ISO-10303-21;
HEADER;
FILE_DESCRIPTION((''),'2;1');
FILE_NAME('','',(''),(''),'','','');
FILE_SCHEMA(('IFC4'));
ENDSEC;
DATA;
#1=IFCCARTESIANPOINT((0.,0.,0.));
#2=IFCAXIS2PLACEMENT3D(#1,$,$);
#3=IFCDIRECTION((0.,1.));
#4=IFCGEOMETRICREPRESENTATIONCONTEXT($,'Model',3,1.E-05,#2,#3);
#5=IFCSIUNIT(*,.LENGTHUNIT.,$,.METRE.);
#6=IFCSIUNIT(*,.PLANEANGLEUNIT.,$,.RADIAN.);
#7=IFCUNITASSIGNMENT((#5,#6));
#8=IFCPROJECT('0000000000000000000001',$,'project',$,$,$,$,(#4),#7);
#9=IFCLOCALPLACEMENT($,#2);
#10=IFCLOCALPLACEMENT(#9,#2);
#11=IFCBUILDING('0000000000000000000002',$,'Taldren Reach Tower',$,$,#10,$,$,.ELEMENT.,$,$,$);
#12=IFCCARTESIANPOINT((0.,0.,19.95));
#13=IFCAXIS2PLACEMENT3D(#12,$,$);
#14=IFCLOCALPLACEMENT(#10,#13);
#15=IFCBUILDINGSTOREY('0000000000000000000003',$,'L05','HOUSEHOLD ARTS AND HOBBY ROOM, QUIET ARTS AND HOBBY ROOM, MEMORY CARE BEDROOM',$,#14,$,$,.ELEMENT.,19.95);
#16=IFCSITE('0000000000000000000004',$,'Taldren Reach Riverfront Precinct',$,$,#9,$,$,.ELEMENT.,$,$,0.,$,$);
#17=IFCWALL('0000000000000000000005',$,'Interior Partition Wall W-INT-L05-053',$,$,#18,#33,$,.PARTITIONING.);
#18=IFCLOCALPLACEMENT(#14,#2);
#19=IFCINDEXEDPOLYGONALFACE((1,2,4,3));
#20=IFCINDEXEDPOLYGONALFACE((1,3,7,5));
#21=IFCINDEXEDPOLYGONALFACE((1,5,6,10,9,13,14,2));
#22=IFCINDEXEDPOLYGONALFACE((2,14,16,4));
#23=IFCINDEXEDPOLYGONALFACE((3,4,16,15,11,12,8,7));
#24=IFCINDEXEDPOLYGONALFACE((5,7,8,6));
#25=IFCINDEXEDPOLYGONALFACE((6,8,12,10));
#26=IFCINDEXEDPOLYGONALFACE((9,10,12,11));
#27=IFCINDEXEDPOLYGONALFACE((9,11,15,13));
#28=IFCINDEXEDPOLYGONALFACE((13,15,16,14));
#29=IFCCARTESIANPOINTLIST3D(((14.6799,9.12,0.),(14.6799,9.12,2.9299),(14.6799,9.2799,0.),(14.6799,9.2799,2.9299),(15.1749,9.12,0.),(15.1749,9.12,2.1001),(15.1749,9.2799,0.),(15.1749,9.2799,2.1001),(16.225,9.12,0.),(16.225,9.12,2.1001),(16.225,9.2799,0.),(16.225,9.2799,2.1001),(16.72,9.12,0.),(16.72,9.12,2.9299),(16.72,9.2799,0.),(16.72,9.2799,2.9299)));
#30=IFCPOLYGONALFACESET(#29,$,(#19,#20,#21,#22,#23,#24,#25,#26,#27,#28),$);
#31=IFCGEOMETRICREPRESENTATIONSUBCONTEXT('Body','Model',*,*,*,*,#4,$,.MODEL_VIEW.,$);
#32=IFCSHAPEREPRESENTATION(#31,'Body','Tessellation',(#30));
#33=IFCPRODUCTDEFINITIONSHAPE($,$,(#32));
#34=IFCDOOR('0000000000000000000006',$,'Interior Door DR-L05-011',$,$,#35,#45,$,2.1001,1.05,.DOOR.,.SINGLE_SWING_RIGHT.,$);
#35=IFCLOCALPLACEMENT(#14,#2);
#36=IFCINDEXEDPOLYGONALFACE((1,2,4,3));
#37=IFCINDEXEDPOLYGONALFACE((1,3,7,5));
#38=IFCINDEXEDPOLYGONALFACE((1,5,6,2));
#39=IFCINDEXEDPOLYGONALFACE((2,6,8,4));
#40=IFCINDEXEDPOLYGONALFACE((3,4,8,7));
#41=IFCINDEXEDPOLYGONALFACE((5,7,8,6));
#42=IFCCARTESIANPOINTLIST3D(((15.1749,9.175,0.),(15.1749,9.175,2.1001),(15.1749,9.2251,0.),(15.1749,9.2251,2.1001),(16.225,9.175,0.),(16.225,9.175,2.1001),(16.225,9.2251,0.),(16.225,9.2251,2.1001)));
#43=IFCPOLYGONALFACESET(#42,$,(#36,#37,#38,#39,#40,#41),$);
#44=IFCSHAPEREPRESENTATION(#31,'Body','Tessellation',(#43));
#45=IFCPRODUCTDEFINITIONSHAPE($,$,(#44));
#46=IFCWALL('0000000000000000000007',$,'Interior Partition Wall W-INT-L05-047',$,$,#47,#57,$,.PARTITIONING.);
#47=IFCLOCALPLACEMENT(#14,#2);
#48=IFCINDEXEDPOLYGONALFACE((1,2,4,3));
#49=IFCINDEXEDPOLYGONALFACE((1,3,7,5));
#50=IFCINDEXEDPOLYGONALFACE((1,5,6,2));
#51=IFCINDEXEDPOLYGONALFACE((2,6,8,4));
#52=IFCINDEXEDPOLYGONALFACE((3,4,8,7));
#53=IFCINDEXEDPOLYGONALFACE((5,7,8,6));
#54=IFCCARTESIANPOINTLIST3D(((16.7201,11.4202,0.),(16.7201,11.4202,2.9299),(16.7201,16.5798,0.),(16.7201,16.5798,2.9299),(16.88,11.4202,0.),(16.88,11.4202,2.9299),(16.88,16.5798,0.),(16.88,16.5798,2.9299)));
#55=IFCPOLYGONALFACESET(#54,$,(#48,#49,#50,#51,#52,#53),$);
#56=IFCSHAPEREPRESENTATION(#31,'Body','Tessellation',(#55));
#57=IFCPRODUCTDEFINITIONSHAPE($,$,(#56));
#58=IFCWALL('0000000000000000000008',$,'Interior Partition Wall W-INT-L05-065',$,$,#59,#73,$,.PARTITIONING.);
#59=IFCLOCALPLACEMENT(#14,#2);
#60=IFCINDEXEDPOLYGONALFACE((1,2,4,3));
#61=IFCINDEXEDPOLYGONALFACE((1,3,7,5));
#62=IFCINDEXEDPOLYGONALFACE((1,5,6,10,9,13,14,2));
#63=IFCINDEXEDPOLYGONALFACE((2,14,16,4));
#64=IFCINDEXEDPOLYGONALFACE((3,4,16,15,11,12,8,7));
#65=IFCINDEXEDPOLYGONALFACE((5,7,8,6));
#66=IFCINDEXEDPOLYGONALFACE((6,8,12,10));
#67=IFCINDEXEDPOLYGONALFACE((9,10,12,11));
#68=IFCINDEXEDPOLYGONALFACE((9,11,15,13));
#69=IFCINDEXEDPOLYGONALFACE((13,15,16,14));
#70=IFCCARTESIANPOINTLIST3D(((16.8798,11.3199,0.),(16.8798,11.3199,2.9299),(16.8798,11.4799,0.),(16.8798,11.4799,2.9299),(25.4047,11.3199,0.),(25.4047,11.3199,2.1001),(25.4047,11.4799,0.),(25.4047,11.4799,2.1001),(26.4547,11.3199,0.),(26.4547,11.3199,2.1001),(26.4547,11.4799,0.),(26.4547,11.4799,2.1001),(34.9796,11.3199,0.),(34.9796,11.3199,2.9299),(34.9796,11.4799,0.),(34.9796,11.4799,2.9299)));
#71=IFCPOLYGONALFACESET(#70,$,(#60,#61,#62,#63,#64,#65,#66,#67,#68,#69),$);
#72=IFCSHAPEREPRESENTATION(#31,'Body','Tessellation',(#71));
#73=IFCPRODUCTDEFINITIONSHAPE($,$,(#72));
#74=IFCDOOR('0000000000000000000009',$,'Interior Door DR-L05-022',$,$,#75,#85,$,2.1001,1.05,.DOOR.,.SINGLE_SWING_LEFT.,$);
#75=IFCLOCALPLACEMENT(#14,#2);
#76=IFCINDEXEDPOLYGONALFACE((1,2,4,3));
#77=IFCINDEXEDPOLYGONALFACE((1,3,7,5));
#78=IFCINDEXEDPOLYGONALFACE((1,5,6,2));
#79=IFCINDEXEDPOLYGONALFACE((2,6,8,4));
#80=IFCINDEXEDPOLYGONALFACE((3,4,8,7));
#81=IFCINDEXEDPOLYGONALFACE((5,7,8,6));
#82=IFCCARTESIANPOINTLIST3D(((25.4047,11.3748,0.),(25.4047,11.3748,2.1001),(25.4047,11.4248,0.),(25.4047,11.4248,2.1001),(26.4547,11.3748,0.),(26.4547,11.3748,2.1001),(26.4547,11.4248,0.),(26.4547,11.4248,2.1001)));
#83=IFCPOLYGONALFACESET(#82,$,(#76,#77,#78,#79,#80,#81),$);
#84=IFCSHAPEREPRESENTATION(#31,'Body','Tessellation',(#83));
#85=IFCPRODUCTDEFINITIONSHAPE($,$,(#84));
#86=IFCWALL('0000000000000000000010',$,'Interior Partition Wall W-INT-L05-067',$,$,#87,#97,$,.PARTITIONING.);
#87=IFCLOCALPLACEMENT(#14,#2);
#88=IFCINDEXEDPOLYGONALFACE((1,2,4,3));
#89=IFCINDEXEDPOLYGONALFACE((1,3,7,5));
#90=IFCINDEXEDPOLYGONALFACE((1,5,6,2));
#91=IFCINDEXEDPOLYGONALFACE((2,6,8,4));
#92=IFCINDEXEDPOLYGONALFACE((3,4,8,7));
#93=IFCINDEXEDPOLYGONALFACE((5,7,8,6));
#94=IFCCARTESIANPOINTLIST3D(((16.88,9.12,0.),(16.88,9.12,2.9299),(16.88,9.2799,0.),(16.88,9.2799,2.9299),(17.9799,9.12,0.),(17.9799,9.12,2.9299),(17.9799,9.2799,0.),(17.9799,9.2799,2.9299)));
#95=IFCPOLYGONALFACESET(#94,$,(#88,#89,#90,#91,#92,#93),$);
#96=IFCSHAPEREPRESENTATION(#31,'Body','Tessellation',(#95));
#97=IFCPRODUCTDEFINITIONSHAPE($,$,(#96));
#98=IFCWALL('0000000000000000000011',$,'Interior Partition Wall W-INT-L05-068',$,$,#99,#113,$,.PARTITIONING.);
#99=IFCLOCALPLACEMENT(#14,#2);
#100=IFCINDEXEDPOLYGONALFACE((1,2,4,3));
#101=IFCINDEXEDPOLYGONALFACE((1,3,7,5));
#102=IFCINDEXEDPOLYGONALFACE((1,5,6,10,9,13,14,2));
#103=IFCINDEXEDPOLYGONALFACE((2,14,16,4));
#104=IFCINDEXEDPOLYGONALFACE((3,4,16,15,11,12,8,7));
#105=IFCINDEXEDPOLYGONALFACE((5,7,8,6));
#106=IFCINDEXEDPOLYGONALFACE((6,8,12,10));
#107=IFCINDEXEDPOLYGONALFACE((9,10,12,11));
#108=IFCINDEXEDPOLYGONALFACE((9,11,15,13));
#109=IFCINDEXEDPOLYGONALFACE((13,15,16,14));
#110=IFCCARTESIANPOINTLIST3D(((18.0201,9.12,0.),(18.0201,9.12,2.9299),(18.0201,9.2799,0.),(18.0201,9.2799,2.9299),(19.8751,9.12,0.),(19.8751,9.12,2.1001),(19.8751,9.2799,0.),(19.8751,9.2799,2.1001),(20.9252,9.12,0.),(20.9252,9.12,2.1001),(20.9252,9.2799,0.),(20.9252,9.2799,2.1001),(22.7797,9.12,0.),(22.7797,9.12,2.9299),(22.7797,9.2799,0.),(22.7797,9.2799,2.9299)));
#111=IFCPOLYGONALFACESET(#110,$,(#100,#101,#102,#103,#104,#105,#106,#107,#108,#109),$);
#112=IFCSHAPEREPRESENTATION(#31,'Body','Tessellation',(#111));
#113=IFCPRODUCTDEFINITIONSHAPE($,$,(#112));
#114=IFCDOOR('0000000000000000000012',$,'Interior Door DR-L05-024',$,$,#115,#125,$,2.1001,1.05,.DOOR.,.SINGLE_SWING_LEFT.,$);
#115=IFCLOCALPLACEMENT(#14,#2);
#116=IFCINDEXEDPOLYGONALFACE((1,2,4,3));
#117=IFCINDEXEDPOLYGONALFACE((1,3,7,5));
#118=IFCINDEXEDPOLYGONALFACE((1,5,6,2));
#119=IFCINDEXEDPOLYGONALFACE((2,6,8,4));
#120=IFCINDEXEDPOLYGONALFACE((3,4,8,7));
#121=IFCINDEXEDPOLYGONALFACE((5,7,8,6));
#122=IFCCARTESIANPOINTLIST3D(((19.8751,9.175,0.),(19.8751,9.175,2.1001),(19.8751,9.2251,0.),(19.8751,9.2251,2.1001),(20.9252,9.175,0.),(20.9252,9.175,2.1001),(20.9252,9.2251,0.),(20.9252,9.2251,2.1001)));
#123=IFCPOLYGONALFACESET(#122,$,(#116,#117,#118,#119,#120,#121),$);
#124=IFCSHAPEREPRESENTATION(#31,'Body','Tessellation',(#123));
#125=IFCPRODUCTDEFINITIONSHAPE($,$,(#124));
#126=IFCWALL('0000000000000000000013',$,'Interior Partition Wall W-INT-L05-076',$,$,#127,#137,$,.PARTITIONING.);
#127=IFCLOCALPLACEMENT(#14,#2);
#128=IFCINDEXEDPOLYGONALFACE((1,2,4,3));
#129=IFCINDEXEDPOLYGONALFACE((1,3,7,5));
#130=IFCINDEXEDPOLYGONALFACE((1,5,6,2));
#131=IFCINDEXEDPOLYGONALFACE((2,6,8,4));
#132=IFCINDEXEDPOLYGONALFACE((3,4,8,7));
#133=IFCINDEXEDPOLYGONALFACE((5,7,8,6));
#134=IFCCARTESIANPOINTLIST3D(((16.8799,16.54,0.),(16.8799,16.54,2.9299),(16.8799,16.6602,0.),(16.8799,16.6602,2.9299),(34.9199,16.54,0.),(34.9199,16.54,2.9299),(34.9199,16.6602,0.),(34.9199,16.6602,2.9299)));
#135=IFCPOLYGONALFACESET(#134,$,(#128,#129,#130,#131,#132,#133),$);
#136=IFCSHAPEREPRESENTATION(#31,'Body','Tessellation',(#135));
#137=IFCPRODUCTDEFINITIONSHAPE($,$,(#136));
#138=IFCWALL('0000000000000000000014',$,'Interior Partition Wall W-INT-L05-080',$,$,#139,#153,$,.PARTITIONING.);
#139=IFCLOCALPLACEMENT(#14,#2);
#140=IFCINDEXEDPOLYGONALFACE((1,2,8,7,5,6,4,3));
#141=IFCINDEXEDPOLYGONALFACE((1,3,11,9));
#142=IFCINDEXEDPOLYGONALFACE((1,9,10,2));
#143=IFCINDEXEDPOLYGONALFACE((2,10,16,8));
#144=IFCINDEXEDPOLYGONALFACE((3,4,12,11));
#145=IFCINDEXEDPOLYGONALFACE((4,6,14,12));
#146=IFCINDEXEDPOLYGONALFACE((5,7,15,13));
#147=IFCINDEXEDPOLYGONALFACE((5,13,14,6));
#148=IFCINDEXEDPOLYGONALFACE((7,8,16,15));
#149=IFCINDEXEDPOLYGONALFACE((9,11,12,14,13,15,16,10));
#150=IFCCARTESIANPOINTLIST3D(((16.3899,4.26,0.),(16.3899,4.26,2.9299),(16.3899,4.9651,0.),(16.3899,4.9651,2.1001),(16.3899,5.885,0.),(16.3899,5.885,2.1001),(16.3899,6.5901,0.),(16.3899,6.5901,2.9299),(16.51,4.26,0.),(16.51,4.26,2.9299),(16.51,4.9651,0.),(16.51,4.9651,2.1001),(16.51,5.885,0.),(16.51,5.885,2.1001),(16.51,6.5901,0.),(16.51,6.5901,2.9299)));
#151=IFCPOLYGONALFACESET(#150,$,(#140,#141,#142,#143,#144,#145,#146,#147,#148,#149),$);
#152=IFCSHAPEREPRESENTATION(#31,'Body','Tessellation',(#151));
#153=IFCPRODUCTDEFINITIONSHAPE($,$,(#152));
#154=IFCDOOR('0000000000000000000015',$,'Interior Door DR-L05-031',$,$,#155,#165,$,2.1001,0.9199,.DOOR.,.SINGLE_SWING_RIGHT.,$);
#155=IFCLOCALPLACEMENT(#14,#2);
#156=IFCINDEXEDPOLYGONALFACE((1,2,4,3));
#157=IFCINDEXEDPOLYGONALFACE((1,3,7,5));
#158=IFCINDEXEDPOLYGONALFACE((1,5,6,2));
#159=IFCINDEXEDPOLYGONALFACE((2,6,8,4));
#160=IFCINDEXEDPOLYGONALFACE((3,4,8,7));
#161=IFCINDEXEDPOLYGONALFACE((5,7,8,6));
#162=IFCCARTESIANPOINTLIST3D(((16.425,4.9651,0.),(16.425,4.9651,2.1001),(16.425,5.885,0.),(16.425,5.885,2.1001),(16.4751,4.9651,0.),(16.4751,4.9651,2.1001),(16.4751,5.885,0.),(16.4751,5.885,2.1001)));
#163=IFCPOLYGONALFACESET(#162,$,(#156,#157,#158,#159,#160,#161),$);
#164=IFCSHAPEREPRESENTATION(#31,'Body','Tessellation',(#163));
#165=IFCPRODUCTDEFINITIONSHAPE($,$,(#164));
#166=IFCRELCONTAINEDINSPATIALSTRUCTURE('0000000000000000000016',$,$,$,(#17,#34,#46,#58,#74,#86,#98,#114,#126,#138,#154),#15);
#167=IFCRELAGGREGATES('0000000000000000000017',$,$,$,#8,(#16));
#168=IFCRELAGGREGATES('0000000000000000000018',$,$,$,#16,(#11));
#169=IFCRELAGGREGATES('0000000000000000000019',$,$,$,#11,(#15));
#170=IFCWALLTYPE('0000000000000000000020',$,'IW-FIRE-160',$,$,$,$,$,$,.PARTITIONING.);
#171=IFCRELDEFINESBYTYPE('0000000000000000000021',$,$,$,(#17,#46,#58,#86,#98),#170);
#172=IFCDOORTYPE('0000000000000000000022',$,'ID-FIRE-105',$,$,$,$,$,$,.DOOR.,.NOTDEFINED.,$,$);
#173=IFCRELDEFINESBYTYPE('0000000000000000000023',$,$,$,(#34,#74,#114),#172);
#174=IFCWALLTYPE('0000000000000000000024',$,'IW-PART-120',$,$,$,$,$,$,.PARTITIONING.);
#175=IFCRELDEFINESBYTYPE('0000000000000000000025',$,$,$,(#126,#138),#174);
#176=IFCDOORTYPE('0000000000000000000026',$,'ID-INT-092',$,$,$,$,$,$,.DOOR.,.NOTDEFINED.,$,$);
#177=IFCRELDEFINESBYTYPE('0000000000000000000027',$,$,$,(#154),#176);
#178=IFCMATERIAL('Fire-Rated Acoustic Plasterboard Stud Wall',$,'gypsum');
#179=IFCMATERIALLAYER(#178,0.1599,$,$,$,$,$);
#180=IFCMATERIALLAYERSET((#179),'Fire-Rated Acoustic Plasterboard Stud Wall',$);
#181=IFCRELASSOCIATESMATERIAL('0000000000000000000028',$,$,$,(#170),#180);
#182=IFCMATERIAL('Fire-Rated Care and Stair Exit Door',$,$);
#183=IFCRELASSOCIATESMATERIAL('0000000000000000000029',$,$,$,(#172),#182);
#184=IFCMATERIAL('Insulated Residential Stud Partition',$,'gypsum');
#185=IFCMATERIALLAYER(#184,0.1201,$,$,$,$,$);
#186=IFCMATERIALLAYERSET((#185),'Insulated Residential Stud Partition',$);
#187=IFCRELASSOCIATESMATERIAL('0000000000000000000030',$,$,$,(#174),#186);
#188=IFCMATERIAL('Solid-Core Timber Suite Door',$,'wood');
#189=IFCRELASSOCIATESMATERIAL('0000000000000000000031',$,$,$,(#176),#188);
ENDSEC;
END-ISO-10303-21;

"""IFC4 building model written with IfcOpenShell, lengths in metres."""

from ifc_helpers import new_model, si_unit, direction, frame, frame_2d, origin, place, context, subcontext, project, spatial, rectangle, extrude, source, transform, mapped, material, layer, layer_set, type_object, element, fill, save


model = new_model("IFC4")

# Units and contexts
model_context = context("Model", 3, precision=1e-05, world=origin(), true_north=direction((0.0, 1.0)))
body_context = subcontext(model_context, "Body", "Model", "MODEL_VIEW")
ifc_project = project(units=[si_unit("LENGTHUNIT", "METRE"), si_unit("PLANEANGLEUNIT", "RADIAN")], contexts=[model_context])

# Site, building, storey
site_placement = place(None, origin())
site = spatial("IfcSite", under=ifc_project, at=site_placement, Name="Taldren Reach Riverfront Precinct", CompositionType="ELEMENT", RefElevation=0.0)
building_placement = place(site_placement, origin())
building = spatial("IfcBuilding", under=site, at=building_placement, Name="Taldren Reach Tower", CompositionType="ELEMENT")
storey_placement = place(building_placement, frame((0.0, 0.0, 19.95)))
storey = spatial("IfcBuildingStorey", under=building, at=storey_placement, Name="L05", Description="HOUSEHOLD ARTS AND HOBBY ROOM, QUIET ARTS AND HOBBY ROOM, MEMORY CARE BEDROOM", CompositionType="ELEMENT", Elevation=19.95)

# Wall, opening, door
ifc_material_1 = material(Name="Fire-Rated Acoustic Plasterboard Stud Wall", Category="gypsum")
ifc_layer_1 = layer(ifc_material_1, 0.1599)
ifc_layer_set_1 = layer_set([ifc_layer_1], Name="Fire-Rated Acoustic Plasterboard Stud Wall")
wall_type_1 = type_object("IfcWallType", Name="IW-FIRE-160", PredefinedType="PARTITIONING", material=ifc_layer_set_1)
shared_shape_1 = source(origin(), body_context, "Body", "SweptSolid", [
    extrude(rectangle(XDim=2.04, YDim=0.1599, at=frame_2d((1.02, 0.0))), origin(), (0.0, 0.0, 1.0), 2.9299),
])
wall_1_placement = place(storey_placement, frame((16.72, 9.2, 0.0), z_axis=(0.0, 0.0, 1.0), x_axis=(-1.0, 0.0, 0.0)))
wall_1 = element("IfcWall", 1, at=wall_1_placement, inside=storey, type_object=wall_type_1, Name="Interior Partition Wall W-INT-L05-053", PredefinedType="PARTITIONING", context=body_context, shape_type="MappedRepresentation", body=[
    mapped(shared_shape_1, transform((0.0, 0.0, 0.0), scale=1.0)),
])
shared_shape_2 = source(origin(), body_context, "Body", "SweptSolid", [
    extrude(rectangle(XDim=1.05, YDim=2.1001, at=frame_2d((0.5249, 1.05))), frame((0.0, 0.0898, 0.0), z_axis=(0.0, -1.0, 0.0), x_axis=(1.0, 0.0, 0.0)), (0.0, 0.0, 1.0), 0.1799),
])
opening_1_placement = place(wall_1_placement, frame((0.4951, 0.0, 0.0)))
opening_1 = element("IfcOpeningElement", 2, at=opening_1_placement, cuts=wall_1, PredefinedType="OPENING", context=body_context, shape_type="MappedRepresentation", body=[
    mapped(shared_shape_2, transform((0.0, 0.0, 0.0), scale=1.0)),
])
ifc_material_2 = material(Name="Fire-Rated Care and Stair Exit Door")
door_type_1 = type_object("IfcDoorType", Name="ID-FIRE-105", OperationType="NOTDEFINED", PredefinedType="DOOR", material=ifc_material_2)
shared_shape_3 = source(origin(), body_context, "Body", "SweptSolid", [
    extrude(rectangle(XDim=1.05, YDim=2.1001, at=frame_2d((0.5249, 1.05))), frame((0.0, 0.0249, 0.0), z_axis=(0.0, -1.0, 0.0), x_axis=(1.0, 0.0, 0.0)), (0.0, 0.0, 1.0), 0.05),
])
door_1_placement = place(opening_1_placement, origin())
door_1 = element("IfcDoor", 3, at=door_1_placement, inside=storey, type_object=door_type_1, Name="Interior Door DR-L05-011", OperationType="SINGLE_SWING_RIGHT", OverallHeight=2.1001, OverallWidth=1.05, PredefinedType="DOOR", context=body_context, shape_type="MappedRepresentation", body=[
    mapped(shared_shape_3, transform((0.0, 0.0, 0.0), scale=1.0)),
])
fill(opening_1, door_1)

# Wall
shared_shape_4 = source(origin(), body_context, "Body", "SweptSolid", [
    extrude(rectangle(XDim=5.1597, YDim=0.1599, at=frame_2d((2.5798, 0.0))), origin(), (0.0, 0.0, 1.0), 2.9299),
])
wall_2_placement = place(storey_placement, frame((16.8, 16.5798, 0.0), z_axis=(0.0, 0.0, 1.0), x_axis=(0.0, -1.0, 0.0)))
element("IfcWall", 4, at=wall_2_placement, inside=storey, type_object=wall_type_1, Name="Interior Partition Wall W-INT-L05-047", PredefinedType="PARTITIONING", context=body_context, shape_type="MappedRepresentation", body=[
    mapped(shared_shape_4, transform((0.0, 0.0, 0.0), scale=1.0)),
])

# Wall, opening, door
shared_shape_5 = source(origin(), body_context, "Body", "SweptSolid", [
    extrude(rectangle(XDim=18.0999, YDim=0.1599, at=frame_2d((9.0498, 0.0))), origin(), (0.0, 0.0, 1.0), 2.9299),
])
wall_3_placement = place(storey_placement, frame((16.8799, 11.3999, 0.0), z_axis=(0.0, 0.0, 1.0), x_axis=(1.0, 0.0, 0.0)))
wall_3 = element("IfcWall", 5, at=wall_3_placement, inside=storey, type_object=wall_type_1, Name="Interior Partition Wall W-INT-L05-065", PredefinedType="PARTITIONING", context=body_context, shape_type="MappedRepresentation", body=[
    mapped(shared_shape_5, transform((0.0, 0.0, 0.0), scale=1.0)),
])
opening_2_placement = place(wall_3_placement, frame((8.5249, 0.0, 0.0)))
opening_2 = element("IfcOpeningElement", 6, at=opening_2_placement, cuts=wall_3, PredefinedType="OPENING", context=body_context, shape_type="MappedRepresentation", body=[
    mapped(shared_shape_2, transform((0.0, 0.0, 0.0), scale=1.0)),
])
door_2_placement = place(opening_2_placement, origin())
door_2 = element("IfcDoor", 7, at=door_2_placement, inside=storey, type_object=door_type_1, Name="Interior Door DR-L05-022", OperationType="SINGLE_SWING_LEFT", OverallHeight=2.1001, OverallWidth=1.05, PredefinedType="DOOR", context=body_context, shape_type="MappedRepresentation", body=[
    mapped(shared_shape_3, transform((0.0, 0.0, 0.0), scale=1.0)),
])
fill(opening_2, door_2)

# Wall
shared_shape_6 = source(origin(), body_context, "Body", "SweptSolid", [
    extrude(rectangle(XDim=1.0999, YDim=0.1599, at=frame_2d((0.5498, 0.0))), origin(), (0.0, 0.0, 1.0), 2.9299),
])
wall_4_placement = place(storey_placement, frame((17.9797, 9.2, 0.0), z_axis=(0.0, 0.0, 1.0), x_axis=(-1.0, 0.0, 0.0)))
element("IfcWall", 8, at=wall_4_placement, inside=storey, type_object=wall_type_1, Name="Interior Partition Wall W-INT-L05-067", PredefinedType="PARTITIONING", context=body_context, shape_type="MappedRepresentation", body=[
    mapped(shared_shape_6, transform((0.0, 0.0, 0.0), scale=1.0)),
])

# Wall, opening, door
shared_shape_7 = source(origin(), body_context, "Body", "SweptSolid", [
    extrude(rectangle(XDim=4.7595, YDim=0.1599, at=frame_2d((2.3799, 0.0))), origin(), (0.0, 0.0, 1.0), 2.9299),
])
wall_5_placement = place(storey_placement, frame((22.7798, 9.2, 0.0), z_axis=(0.0, 0.0, 1.0), x_axis=(-1.0, 0.0, 0.0)))
wall_5 = element("IfcWall", 9, at=wall_5_placement, inside=storey, type_object=wall_type_1, Name="Interior Partition Wall W-INT-L05-068", PredefinedType="PARTITIONING", context=body_context, shape_type="MappedRepresentation", body=[
    mapped(shared_shape_7, transform((0.0, 0.0, 0.0), scale=1.0)),
])
opening_3_placement = place(wall_5_placement, frame((1.8547, 0.0, 0.0)))
opening_3 = element("IfcOpeningElement", 10, at=opening_3_placement, cuts=wall_5, PredefinedType="OPENING", context=body_context, shape_type="MappedRepresentation", body=[
    mapped(shared_shape_2, transform((0.0, 0.0, 0.0), scale=1.0)),
])
door_3_placement = place(opening_3_placement, origin())
door_3 = element("IfcDoor", 11, at=door_3_placement, inside=storey, type_object=door_type_1, Name="Interior Door DR-L05-024", OperationType="SINGLE_SWING_LEFT", OverallHeight=2.1001, OverallWidth=1.05, PredefinedType="DOOR", context=body_context, shape_type="MappedRepresentation", body=[
    mapped(shared_shape_3, transform((0.0, 0.0, 0.0), scale=1.0)),
])
fill(opening_3, door_3)

# Wall
ifc_material_3 = material(Name="Insulated Residential Stud Partition", Category="gypsum")
ifc_layer_2 = layer(ifc_material_3, 0.1201)
ifc_layer_set_2 = layer_set([ifc_layer_2], Name="Insulated Residential Stud Partition")
wall_type_2 = type_object("IfcWallType", Name="IW-PART-120", PredefinedType="PARTITIONING", material=ifc_layer_set_2)
shared_shape_8 = source(origin(), body_context, "Body", "SweptSolid", [
    extrude(rectangle(XDim=18.04, YDim=0.1201, at=frame_2d((9.02, 0.0))), origin(), (0.0, 0.0, 1.0), 2.9299),
])
wall_6_placement = place(storey_placement, frame((16.8799, 16.6001, 0.0), z_axis=(0.0, 0.0, 1.0), x_axis=(1.0, 0.0, 0.0)))
element("IfcWall", 12, at=wall_6_placement, inside=storey, type_object=wall_type_2, Name="Interior Partition Wall W-INT-L05-076", PredefinedType="PARTITIONING", context=body_context, shape_type="MappedRepresentation", body=[
    mapped(shared_shape_8, transform((0.0, 0.0, 0.0), scale=1.0)),
])

# Wall, opening, door
shared_shape_9 = source(origin(), body_context, "Body", "SweptSolid", [
    extrude(rectangle(XDim=2.3301, YDim=0.1201, at=frame_2d((1.165, 0.0))), origin(), (0.0, 0.0, 1.0), 2.9299),
])
wall_7_placement = place(storey_placement, frame((16.45, 4.26, 0.0), z_axis=(0.0, 0.0, 1.0), x_axis=(0.0, 1.0, 0.0)))
wall_7 = element("IfcWall", 13, at=wall_7_placement, inside=storey, type_object=wall_type_2, Name="Interior Partition Wall W-INT-L05-080", PredefinedType="PARTITIONING", context=body_context, shape_type="MappedRepresentation", body=[
    mapped(shared_shape_9, transform((0.0, 0.0, 0.0), scale=1.0)),
])
shared_shape_10 = source(origin(), body_context, "Body", "SweptSolid", [
    extrude(rectangle(XDim=0.9199, YDim=2.1001, at=frame_2d((0.46, 1.05))), frame((0.0, 0.0701, 0.0), z_axis=(0.0, -1.0, 0.0), x_axis=(1.0, 0.0, 0.0)), (0.0, 0.0, 1.0), 0.1401),
])
opening_4_placement = place(wall_7_placement, frame((0.7051, 0.0, 0.0)))
opening_4 = element("IfcOpeningElement", 14, at=opening_4_placement, cuts=wall_7, PredefinedType="OPENING", context=body_context, shape_type="MappedRepresentation", body=[
    mapped(shared_shape_10, transform((0.0, 0.0, 0.0), scale=1.0)),
])
ifc_material_4 = material(Name="Solid-Core Timber Suite Door", Category="wood")
door_type_2 = type_object("IfcDoorType", Name="ID-INT-092", OperationType="NOTDEFINED", PredefinedType="DOOR", material=ifc_material_4)
shared_shape_11 = source(origin(), body_context, "Body", "SweptSolid", [
    extrude(rectangle(XDim=0.9199, YDim=2.1001, at=frame_2d((0.46, 1.05))), frame((0.0, 0.0249, 0.0), z_axis=(0.0, -1.0, 0.0), x_axis=(1.0, 0.0, 0.0)), (0.0, 0.0, 1.0), 0.05),
])
door_4_placement = place(opening_4_placement, origin())
door_4 = element("IfcDoor", 15, at=door_4_placement, inside=storey, type_object=door_type_2, Name="Interior Door DR-L05-031", OperationType="SINGLE_SWING_RIGHT", OverallHeight=2.1001, OverallWidth=0.9199, PredefinedType="DOOR", context=body_context, shape_type="MappedRepresentation", body=[
    mapped(shared_shape_11, transform((0.0, 0.0, 0.0), scale=1.0)),
])
fill(opening_4, door_4)

save(model, "model.ifc")
